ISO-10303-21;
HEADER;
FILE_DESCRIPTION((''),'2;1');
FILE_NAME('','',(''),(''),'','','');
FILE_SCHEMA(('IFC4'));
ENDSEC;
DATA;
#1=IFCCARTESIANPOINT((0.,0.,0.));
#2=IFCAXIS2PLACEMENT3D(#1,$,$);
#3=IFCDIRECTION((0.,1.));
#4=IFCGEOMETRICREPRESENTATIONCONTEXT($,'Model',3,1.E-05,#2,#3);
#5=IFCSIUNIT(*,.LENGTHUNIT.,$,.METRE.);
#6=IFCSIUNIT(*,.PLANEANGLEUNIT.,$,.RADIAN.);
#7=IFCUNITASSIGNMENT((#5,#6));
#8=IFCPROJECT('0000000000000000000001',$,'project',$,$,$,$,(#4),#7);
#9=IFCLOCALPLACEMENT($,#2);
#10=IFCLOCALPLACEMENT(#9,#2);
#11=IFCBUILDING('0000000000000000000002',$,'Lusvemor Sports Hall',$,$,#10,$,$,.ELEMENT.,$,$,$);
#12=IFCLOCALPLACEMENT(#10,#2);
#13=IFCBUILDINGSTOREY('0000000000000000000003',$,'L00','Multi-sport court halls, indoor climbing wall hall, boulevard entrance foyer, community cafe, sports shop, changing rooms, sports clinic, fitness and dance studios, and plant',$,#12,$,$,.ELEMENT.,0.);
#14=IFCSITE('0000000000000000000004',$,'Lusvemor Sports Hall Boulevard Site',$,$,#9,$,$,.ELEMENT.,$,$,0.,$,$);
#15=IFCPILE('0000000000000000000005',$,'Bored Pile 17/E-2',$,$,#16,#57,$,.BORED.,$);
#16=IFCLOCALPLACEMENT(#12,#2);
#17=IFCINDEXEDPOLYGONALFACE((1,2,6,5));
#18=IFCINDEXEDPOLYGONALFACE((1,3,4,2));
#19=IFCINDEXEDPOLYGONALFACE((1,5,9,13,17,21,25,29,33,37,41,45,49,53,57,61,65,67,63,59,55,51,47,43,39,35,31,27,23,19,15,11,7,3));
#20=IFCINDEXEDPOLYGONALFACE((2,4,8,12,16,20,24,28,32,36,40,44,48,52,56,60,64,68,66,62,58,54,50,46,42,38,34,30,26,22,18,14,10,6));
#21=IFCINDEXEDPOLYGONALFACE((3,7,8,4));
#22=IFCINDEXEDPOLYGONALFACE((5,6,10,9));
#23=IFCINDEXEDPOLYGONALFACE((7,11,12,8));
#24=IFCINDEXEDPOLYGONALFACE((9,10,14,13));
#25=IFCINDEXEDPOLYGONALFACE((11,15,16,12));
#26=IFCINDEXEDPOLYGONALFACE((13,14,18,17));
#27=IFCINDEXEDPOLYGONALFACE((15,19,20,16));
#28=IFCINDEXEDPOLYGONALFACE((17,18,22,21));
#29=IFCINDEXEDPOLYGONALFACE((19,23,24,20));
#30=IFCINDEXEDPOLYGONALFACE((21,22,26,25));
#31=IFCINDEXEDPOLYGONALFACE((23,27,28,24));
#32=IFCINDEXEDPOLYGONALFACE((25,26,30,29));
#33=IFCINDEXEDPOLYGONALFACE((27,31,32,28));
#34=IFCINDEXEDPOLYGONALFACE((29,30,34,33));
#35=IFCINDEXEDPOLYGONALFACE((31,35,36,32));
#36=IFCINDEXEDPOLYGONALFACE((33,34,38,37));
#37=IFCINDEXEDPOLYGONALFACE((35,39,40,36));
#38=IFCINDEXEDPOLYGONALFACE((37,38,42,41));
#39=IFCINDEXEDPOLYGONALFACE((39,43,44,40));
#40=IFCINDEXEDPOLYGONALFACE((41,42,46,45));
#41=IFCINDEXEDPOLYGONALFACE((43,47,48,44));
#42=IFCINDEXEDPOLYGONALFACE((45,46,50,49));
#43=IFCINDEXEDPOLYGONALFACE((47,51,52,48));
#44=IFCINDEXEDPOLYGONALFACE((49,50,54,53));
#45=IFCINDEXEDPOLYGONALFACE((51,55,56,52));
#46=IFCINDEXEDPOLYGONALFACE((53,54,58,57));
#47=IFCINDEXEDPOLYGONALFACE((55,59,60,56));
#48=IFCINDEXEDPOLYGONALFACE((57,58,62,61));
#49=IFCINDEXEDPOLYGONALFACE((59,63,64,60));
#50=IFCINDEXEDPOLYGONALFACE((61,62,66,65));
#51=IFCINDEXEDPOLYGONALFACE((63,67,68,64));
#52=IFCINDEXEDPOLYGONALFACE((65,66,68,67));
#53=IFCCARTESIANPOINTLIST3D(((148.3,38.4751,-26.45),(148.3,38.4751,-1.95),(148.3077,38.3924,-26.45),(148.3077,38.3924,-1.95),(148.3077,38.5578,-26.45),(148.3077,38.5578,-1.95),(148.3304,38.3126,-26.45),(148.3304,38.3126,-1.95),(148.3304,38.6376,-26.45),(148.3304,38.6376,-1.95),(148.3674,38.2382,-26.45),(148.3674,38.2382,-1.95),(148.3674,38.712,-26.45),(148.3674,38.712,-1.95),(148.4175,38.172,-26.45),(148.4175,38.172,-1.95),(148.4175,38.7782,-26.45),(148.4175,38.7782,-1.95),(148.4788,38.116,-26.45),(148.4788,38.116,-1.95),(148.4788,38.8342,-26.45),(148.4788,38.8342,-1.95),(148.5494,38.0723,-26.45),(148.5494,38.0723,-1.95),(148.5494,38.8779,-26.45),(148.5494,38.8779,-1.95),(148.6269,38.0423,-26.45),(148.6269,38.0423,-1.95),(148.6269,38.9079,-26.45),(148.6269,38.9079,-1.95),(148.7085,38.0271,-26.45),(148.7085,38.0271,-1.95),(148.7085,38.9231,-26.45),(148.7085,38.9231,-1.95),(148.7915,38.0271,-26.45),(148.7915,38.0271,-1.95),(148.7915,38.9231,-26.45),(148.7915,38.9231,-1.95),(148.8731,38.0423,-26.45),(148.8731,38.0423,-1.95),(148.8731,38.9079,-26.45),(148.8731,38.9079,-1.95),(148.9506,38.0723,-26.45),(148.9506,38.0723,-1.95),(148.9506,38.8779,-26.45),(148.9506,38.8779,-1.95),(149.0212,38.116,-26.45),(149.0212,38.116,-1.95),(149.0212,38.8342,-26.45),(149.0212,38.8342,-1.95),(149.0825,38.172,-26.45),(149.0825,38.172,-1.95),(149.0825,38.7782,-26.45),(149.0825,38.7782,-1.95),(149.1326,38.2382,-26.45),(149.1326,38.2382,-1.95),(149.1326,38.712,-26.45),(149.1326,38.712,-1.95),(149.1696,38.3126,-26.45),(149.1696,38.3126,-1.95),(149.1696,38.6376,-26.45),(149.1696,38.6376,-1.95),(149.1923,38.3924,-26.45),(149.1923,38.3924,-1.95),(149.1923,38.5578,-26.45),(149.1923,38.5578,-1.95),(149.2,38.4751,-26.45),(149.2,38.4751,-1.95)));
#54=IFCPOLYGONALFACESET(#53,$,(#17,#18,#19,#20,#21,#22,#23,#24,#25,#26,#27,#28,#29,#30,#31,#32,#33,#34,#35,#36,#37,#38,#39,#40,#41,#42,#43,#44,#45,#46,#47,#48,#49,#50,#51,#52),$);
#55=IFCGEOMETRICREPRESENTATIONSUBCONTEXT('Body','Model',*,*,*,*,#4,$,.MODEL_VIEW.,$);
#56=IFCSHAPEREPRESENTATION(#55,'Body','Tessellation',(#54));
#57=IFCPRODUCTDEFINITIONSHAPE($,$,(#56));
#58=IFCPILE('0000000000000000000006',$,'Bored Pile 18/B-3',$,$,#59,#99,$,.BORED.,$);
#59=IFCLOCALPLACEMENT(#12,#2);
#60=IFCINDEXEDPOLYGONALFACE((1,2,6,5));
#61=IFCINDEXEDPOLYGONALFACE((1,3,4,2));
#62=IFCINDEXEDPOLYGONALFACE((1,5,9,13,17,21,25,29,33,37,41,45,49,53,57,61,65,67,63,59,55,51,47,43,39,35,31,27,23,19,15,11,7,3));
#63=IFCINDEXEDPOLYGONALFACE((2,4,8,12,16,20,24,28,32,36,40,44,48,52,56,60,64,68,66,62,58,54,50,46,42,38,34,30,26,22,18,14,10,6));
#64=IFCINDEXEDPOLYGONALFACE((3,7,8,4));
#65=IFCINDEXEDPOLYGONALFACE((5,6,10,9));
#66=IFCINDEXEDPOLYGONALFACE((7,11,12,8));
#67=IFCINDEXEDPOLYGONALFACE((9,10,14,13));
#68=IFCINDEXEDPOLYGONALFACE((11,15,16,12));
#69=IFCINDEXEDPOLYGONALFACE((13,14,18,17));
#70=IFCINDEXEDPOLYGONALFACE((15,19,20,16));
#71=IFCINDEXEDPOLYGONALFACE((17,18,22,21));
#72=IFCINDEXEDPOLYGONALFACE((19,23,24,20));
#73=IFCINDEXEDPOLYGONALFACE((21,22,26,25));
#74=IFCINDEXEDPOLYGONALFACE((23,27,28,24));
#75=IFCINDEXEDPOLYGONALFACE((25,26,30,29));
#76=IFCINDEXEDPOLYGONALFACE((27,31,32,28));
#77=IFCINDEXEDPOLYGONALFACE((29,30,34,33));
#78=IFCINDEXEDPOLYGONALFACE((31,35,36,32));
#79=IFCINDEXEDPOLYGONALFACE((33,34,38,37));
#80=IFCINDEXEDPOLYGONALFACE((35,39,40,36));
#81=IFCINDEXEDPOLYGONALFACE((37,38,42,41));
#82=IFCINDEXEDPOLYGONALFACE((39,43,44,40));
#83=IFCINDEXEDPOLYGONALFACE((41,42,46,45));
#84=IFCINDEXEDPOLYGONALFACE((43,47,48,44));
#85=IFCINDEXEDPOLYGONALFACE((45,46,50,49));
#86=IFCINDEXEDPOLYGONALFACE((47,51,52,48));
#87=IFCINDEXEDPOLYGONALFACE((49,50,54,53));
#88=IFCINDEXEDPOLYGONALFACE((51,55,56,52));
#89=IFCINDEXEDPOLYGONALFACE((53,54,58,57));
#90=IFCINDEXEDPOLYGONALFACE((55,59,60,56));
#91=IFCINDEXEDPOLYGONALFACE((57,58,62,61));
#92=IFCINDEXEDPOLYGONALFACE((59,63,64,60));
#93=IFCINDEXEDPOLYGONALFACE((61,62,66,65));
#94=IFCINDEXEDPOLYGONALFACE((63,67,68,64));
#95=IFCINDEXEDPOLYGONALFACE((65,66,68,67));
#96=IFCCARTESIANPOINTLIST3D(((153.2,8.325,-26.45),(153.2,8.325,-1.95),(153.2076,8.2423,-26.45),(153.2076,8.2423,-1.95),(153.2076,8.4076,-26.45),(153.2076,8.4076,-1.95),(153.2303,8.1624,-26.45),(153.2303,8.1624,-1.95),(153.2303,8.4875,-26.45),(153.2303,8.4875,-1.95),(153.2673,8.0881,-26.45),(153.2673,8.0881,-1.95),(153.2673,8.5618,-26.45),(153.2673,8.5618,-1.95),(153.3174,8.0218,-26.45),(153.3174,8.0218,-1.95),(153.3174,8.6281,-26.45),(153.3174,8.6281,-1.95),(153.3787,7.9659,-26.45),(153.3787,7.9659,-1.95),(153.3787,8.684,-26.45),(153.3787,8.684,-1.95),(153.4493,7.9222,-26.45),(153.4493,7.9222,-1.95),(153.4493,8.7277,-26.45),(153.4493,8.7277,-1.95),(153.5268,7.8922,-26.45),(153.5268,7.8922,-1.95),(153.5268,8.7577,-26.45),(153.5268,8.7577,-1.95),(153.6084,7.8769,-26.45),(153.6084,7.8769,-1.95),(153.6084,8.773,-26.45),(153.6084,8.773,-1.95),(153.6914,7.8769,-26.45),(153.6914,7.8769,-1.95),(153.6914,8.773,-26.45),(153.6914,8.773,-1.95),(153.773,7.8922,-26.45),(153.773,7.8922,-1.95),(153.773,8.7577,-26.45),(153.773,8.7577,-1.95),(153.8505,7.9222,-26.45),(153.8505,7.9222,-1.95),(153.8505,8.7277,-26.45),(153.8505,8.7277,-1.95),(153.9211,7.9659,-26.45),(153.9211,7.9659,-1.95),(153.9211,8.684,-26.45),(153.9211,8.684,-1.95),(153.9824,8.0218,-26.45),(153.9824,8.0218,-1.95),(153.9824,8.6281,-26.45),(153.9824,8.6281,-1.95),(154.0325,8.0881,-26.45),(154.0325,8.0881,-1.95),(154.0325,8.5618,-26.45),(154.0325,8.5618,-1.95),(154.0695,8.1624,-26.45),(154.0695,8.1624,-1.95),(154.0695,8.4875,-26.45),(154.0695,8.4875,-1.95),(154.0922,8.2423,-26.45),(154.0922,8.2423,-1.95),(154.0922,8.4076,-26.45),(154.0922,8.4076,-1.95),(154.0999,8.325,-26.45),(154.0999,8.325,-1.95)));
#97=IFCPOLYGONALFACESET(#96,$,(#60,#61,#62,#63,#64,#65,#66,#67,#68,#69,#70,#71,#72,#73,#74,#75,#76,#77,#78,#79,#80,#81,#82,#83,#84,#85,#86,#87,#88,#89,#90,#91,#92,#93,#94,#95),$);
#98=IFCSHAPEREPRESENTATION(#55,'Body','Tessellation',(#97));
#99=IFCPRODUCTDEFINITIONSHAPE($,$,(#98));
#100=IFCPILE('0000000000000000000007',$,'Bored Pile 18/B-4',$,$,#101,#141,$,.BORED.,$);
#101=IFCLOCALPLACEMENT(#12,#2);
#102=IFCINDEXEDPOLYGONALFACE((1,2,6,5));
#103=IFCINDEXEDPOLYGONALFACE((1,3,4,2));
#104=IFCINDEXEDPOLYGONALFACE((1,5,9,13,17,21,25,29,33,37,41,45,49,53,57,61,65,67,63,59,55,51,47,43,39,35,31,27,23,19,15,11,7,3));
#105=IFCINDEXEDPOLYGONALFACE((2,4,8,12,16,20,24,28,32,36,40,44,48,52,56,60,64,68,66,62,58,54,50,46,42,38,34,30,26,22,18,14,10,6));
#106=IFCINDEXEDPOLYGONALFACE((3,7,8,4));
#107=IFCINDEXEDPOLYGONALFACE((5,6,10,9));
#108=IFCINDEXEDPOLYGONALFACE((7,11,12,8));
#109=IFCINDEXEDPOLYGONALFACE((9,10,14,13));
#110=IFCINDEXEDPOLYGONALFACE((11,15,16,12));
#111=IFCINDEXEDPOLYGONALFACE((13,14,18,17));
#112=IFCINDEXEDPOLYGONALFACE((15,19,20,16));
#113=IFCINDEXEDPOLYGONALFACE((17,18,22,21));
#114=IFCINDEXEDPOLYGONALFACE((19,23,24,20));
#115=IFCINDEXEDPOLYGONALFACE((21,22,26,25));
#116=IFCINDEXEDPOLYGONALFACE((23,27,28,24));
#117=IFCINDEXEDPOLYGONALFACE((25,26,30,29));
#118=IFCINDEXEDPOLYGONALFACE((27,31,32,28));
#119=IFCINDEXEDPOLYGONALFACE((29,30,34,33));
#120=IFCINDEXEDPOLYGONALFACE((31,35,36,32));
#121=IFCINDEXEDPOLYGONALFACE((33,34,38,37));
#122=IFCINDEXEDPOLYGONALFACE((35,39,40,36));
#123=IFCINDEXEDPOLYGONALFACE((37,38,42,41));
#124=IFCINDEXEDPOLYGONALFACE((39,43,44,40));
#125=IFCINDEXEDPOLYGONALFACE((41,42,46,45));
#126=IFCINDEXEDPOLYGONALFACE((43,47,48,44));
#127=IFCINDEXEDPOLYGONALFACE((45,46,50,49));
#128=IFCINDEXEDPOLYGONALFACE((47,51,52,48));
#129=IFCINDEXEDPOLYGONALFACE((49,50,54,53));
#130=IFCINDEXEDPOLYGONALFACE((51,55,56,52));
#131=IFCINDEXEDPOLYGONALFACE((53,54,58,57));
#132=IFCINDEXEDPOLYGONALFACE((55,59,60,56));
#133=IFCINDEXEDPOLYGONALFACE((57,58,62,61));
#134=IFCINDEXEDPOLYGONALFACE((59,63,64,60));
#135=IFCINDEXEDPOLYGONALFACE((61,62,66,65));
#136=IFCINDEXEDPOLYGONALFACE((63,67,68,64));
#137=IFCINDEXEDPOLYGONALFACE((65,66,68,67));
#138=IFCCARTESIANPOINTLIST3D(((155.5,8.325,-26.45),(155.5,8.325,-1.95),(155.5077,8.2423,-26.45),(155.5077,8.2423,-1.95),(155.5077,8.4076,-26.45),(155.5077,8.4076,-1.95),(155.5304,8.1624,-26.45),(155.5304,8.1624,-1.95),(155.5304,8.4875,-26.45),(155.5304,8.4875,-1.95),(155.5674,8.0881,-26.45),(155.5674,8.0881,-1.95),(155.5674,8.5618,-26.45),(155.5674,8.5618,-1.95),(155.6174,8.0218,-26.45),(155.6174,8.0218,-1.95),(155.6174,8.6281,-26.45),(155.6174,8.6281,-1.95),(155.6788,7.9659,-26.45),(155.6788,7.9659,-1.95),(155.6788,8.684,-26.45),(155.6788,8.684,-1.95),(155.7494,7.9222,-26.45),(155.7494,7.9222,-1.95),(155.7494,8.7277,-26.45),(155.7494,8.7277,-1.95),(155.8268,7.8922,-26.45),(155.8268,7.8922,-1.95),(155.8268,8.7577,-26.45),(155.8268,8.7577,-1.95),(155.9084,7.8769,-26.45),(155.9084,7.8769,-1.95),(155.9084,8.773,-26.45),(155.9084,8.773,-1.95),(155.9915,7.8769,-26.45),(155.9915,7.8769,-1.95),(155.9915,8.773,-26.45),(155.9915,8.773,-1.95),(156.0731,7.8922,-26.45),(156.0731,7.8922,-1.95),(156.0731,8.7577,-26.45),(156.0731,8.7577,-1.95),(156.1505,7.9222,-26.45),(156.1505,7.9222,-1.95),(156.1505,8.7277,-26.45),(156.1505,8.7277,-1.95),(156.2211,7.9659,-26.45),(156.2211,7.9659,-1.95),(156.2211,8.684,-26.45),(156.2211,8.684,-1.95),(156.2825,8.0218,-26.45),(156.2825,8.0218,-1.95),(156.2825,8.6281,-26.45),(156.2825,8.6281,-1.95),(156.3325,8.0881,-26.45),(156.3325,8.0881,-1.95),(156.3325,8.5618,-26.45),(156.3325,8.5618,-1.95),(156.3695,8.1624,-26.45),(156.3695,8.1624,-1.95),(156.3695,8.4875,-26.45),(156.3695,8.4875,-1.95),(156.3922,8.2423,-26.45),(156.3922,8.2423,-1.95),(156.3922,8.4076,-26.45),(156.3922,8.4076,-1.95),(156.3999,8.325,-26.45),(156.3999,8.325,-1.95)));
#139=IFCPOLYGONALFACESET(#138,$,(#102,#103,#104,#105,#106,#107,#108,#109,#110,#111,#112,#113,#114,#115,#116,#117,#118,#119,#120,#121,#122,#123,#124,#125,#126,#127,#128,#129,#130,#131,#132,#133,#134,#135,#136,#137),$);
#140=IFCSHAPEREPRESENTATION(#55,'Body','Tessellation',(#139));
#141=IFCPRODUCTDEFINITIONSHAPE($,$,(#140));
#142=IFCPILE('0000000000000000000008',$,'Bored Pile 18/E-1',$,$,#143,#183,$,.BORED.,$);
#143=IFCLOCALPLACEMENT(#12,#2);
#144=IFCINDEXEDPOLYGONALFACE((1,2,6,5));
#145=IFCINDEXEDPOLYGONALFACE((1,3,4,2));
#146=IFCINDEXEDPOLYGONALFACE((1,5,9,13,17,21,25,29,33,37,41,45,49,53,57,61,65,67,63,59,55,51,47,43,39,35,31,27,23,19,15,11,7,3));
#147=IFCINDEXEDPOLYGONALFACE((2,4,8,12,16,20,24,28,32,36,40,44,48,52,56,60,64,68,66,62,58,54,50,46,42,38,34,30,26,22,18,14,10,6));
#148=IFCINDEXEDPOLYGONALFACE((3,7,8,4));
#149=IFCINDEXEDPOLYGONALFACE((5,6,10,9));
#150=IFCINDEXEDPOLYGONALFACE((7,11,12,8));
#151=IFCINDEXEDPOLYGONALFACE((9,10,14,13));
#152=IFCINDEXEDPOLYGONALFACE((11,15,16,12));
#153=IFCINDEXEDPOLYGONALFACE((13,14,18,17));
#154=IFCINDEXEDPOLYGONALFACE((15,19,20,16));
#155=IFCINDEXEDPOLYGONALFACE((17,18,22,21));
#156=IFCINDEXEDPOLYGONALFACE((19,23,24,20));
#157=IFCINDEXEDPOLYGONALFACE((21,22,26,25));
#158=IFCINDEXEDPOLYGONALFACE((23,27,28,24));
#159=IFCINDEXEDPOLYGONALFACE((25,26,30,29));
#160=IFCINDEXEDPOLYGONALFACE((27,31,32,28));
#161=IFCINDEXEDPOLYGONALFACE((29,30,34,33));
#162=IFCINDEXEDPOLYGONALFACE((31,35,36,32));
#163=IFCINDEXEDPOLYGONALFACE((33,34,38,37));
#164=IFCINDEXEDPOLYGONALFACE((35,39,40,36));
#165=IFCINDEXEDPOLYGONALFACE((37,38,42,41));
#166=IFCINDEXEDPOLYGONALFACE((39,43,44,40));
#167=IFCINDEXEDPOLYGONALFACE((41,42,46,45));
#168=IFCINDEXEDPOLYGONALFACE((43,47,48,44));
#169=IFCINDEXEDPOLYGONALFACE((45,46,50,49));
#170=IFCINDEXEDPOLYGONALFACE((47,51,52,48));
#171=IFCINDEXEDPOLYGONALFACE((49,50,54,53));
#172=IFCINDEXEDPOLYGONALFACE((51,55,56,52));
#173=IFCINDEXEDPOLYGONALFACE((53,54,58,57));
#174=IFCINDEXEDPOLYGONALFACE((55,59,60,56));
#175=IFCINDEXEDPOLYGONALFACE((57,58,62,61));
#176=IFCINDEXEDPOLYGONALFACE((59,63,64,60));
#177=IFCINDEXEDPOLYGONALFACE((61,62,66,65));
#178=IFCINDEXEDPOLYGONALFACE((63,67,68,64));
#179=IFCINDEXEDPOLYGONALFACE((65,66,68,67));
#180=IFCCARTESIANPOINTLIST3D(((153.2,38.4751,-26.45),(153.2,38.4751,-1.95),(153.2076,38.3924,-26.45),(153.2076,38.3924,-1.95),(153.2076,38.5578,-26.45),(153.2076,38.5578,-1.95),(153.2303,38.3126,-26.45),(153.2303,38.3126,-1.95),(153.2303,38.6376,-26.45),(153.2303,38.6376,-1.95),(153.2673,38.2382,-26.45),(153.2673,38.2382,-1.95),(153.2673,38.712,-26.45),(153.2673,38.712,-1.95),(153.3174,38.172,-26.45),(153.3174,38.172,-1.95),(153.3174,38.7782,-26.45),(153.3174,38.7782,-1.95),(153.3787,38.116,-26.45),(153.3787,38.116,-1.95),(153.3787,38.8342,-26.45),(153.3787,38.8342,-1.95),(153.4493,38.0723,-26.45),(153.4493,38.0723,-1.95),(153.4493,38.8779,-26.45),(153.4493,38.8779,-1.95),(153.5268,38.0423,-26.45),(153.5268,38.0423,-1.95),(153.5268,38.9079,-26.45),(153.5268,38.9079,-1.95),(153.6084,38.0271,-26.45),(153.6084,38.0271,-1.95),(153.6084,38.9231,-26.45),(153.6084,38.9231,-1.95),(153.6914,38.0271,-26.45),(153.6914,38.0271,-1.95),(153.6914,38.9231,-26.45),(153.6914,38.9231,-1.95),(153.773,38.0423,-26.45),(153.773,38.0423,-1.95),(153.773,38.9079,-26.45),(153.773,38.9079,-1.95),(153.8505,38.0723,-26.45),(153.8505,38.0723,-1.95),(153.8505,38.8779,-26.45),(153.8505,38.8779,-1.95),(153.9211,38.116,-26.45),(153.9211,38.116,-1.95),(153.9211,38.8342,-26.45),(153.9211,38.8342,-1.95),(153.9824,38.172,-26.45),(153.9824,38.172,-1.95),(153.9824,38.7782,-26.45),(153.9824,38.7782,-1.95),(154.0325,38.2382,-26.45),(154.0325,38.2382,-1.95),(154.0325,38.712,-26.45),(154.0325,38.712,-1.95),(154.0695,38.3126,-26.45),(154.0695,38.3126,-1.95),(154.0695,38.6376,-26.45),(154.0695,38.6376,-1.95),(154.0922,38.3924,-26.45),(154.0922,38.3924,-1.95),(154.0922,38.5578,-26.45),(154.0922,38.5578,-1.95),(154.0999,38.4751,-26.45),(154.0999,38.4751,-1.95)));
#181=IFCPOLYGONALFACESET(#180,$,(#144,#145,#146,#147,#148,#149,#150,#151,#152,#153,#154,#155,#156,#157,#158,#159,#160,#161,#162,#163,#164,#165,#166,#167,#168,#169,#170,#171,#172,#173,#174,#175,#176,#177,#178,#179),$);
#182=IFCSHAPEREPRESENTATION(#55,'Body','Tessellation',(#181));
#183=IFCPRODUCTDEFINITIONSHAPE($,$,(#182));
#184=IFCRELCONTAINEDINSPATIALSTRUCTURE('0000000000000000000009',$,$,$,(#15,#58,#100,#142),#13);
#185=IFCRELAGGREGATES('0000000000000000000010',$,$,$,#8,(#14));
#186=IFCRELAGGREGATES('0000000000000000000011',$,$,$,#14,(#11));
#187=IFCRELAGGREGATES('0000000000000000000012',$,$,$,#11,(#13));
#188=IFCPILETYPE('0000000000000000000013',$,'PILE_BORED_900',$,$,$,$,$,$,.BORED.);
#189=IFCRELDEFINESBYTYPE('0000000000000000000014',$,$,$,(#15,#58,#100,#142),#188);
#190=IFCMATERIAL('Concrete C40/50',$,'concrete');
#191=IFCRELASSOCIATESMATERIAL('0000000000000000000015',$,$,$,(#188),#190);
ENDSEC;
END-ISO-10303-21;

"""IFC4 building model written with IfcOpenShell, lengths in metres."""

from ifc_helpers import new_model, si_unit, direction, frame, origin, origin_2d, place, context, subcontext, project, spatial, circle, extrude, material, material_profile, profile_set, type_object, element, save


model = new_model("IFC4")

# Units and contexts
model_context = context("Model", 3, precision=1e-05, world=origin(), true_north=direction((0.0, 1.0)))
body_context = subcontext(model_context, "Body", "Model", "MODEL_VIEW")
ifc_project = project(units=[si_unit("LENGTHUNIT", "METRE"), si_unit("PLANEANGLEUNIT", "RADIAN")], contexts=[model_context])

# Site, building, storey
site_placement = place(None, origin())
site = spatial("IfcSite", under=ifc_project, at=site_placement, Name="Lusvemor Sports Hall Boulevard Site", CompositionType="ELEMENT", RefElevation=0.0)
building_placement = place(site_placement, origin())
building = spatial("IfcBuilding", under=site, at=building_placement, Name="Lusvemor Sports Hall", CompositionType="ELEMENT")
storey_placement = place(building_placement, origin())
storey = spatial("IfcBuildingStorey", under=building, at=storey_placement, Name="L00", Description="Multi-sport court halls, indoor climbing wall hall, boulevard entrance foyer, community cafe, sports shop, changing rooms, sports clinic, fitness and dance studios, and plant", CompositionType="ELEMENT", Elevation=0.0)

# Piles
ifc_material_1 = material(Name="Concrete C40/50", Category="concrete")
ifc_material_profile_1 = material_profile(ifc_material_1, circle(Radius=0.45, at=origin_2d()), Name="PILE900")
ifc_profile_set_1 = profile_set([ifc_material_profile_1], Name="Concrete C40/50")
pile_type = type_object("IfcPileType", Name="PILE_BORED_900", PredefinedType="BORED", material=ifc_profile_set_1)
for number, where, z_axis, x_axis, name in (
    (1, (148.75, 38.4751, -1.95), (0.0, 0.0, -1.0), (1.0, 0.0, 0.0), "Bored Pile 17/E-2"),
    (2, (153.6499, 8.325, -1.95), (0.0, 0.0, -1.0), (1.0, 0.0, 0.0), "Bored Pile 18/B-3"),
    (3, (155.95, 8.325, -1.95), (0.0, 0.0, -1.0), (1.0, 0.0, 0.0), "Bored Pile 18/B-4"),
    (4, (153.6499, 38.4751, -1.95), (0.0, 0.0, -1.0), (1.0, 0.0, 0.0), "Bored Pile 18/E-1"),
):
    element("IfcPile", number, at=place(storey_placement, frame(where, z_axis=z_axis, x_axis=x_axis)), inside=storey, type_object=pile_type, Name=name, PredefinedType="BORED", context=body_context, shape_type="SweptSolid", body=[
        extrude(circle(Radius=0.45, at=origin_2d()), origin(), (0.0, 0.0, 1.0), 24.5),
    ])

save(model, "model.ifc")
